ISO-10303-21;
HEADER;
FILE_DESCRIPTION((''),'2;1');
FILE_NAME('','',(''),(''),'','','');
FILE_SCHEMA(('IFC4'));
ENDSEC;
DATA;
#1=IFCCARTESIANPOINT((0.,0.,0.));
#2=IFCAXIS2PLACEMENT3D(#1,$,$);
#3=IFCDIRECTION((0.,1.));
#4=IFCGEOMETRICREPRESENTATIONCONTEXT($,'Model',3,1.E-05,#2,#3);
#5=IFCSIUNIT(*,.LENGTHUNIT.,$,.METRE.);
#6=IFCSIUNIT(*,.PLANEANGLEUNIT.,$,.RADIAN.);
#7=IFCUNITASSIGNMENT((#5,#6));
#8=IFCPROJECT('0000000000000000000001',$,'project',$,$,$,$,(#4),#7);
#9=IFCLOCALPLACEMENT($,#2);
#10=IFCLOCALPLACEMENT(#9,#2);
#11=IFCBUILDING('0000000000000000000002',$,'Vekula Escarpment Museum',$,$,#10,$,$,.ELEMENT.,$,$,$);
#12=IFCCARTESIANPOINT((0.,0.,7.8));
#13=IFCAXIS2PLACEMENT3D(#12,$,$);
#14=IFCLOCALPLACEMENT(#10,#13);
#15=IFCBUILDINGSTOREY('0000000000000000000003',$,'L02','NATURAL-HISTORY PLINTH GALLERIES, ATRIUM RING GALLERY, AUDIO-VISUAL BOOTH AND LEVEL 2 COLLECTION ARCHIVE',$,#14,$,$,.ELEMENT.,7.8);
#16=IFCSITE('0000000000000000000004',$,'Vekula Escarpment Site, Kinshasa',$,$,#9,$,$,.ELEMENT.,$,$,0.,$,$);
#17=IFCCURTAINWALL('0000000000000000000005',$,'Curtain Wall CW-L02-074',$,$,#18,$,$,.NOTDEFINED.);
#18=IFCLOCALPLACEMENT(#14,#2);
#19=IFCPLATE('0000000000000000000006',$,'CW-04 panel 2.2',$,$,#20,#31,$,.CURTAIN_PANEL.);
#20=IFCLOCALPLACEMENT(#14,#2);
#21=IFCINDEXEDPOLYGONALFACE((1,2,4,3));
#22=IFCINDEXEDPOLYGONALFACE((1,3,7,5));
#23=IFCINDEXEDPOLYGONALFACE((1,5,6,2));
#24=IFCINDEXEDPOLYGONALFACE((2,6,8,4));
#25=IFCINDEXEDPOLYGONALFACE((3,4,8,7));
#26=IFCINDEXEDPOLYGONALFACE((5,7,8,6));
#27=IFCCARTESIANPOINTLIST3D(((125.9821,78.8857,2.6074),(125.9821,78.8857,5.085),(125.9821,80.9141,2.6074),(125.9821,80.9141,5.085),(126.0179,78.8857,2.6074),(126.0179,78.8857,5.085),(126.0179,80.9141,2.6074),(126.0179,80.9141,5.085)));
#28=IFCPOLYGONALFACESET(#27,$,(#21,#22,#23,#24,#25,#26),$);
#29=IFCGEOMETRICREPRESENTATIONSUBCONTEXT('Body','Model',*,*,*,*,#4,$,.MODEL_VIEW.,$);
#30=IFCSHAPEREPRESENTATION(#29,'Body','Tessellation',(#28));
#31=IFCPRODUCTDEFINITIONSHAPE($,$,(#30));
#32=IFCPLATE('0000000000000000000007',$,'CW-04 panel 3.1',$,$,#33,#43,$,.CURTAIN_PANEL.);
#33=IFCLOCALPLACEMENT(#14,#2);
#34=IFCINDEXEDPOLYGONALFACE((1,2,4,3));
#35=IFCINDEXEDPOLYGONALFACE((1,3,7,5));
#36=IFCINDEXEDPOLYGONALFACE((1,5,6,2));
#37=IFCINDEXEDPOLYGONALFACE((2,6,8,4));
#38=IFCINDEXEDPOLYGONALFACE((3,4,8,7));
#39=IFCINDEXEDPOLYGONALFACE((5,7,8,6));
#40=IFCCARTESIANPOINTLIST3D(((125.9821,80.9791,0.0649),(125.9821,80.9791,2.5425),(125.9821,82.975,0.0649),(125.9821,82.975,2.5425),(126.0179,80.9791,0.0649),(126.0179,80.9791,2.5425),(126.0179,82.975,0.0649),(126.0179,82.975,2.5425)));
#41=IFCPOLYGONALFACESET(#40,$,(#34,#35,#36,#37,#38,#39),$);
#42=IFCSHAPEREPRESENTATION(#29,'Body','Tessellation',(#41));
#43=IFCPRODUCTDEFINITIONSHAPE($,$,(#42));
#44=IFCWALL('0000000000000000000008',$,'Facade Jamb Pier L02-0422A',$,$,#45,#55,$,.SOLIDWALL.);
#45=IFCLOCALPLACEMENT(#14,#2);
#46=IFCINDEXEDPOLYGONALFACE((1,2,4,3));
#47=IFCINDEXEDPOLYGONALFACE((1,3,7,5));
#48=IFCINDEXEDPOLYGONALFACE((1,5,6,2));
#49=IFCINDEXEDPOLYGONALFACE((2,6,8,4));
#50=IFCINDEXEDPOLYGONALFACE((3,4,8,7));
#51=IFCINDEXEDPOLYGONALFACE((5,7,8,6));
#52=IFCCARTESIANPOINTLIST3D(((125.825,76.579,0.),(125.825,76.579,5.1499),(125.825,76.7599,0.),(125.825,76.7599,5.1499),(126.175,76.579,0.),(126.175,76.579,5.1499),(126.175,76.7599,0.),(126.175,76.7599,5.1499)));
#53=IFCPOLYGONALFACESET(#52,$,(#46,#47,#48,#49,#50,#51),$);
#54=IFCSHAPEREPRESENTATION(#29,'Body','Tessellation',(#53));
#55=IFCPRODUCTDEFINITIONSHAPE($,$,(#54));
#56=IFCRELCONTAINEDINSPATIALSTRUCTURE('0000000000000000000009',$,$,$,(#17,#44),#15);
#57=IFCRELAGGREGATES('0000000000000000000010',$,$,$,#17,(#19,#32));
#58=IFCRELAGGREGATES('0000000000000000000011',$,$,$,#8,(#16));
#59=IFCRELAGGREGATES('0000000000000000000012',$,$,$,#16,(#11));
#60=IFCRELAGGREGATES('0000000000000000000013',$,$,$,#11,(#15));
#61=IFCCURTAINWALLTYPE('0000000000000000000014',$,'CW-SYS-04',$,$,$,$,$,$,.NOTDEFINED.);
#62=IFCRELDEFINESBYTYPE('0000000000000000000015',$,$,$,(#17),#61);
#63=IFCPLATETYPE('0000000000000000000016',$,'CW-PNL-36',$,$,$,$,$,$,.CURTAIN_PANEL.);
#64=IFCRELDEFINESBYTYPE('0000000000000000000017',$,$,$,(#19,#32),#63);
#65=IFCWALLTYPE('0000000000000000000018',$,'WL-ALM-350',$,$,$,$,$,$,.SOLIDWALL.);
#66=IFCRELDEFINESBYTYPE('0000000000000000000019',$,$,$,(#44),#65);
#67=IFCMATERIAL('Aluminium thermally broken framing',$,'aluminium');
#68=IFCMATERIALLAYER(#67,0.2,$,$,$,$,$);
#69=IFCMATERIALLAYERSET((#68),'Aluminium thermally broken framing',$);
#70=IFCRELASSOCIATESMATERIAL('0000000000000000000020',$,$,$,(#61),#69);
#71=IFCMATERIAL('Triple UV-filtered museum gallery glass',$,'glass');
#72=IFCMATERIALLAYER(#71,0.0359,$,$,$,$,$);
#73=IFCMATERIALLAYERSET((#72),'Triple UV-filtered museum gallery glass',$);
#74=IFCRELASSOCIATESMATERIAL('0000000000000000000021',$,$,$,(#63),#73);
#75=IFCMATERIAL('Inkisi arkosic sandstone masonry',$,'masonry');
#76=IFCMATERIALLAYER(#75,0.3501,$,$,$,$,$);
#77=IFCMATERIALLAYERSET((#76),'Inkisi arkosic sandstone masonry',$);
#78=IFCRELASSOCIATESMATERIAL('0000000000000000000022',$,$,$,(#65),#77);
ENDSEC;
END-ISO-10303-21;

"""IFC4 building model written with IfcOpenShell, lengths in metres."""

from ifc_helpers import new_model, si_unit, direction, frame, frame_2d, origin, origin_2d, place, context, subcontext, project, spatial, rectangle, extrude, material, layer, layer_set, type_object, element, aggregate, save


model = new_model("IFC4")

# Units and contexts
model_context = context("Model", 3, precision=1e-05, world=origin(), true_north=direction((0.0, 1.0)))
body_context = subcontext(model_context, "Body", "Model", "MODEL_VIEW")
ifc_project = project(units=[si_unit("LENGTHUNIT", "METRE"), si_unit("PLANEANGLEUNIT", "RADIAN")], contexts=[model_context])

# Site, building, storey
site_placement = place(None, origin())
site = spatial("IfcSite", under=ifc_project, at=site_placement, Name="Vekula Escarpment Site, Kinshasa", CompositionType="ELEMENT", RefElevation=0.0)
building_placement = place(site_placement, origin())
building = spatial("IfcBuilding", under=site, at=building_placement, Name="Vekula Escarpment Museum", CompositionType="ELEMENT")
storey_placement = place(building_placement, frame((0.0, 0.0, 7.8)))
storey = spatial("IfcBuildingStorey", under=building, at=storey_placement, Name="L02", Description="NATURAL-HISTORY PLINTH GALLERIES, ATRIUM RING GALLERY, AUDIO-VISUAL BOOTH AND LEVEL 2 COLLECTION ARCHIVE", CompositionType="ELEMENT", Elevation=7.8)

# Curtain wall
ifc_material_1 = material(Name="Aluminium thermally broken framing", Category="aluminium")
ifc_layer_1 = layer(ifc_material_1, 0.2)
ifc_layer_set_1 = layer_set([ifc_layer_1], Name="Aluminium thermally broken framing")
curtain_wall_type_1 = type_object("IfcCurtainWallType", Name="CW-SYS-04", PredefinedType="NOTDEFINED", material=ifc_layer_set_1)
curtain_wall_1_placement = place(storey_placement, origin())
curtain_wall_1 = element("IfcCurtainWall", 1, at=curtain_wall_1_placement, inside=storey, type_object=curtain_wall_type_1, Name="Curtain Wall CW-L02-074", PredefinedType="NOTDEFINED")

# Plates
ifc_material_2 = material(Name="Triple UV-filtered museum gallery glass", Category="glass")
ifc_layer_2 = layer(ifc_material_2, 0.0359)
ifc_layer_set_2 = layer_set([ifc_layer_2], Name="Triple UV-filtered museum gallery glass")
plate_type_1 = type_object("IfcPlateType", Name="CW-PNL-36", PredefinedType="CURTAIN_PANEL", material=ifc_layer_set_2)
plate_1_placement = place(storey_placement, frame((126.0, 79.8999, 2.6074), z_axis=(0.0, 0.0, 1.0), x_axis=(0.0, 1.0, 0.0)))
plate_1 = element("IfcPlate", 2, at=plate_1_placement, type_object=plate_type_1, Name="CW-04 panel 2.2", PredefinedType="CURTAIN_PANEL", context=body_context, shape_type="SweptSolid", body=[
    extrude(rectangle(XDim=2.0283, YDim=0.0359, at=origin_2d()), origin(), (0.0, 0.0, 1.0), 2.4775),
])
plate_2_placement = place(storey_placement, frame((126.0, 81.9771, 0.0649), z_axis=(0.0, 0.0, 1.0), x_axis=(0.0, 1.0, 0.0)))
plate_2 = element("IfcPlate", 3, at=plate_2_placement, type_object=plate_type_1, Name="CW-04 panel 3.1", PredefinedType="CURTAIN_PANEL", context=body_context, shape_type="SweptSolid", body=[
    extrude(rectangle(XDim=1.9958, YDim=0.0359, at=origin_2d()), origin(), (0.0, 0.0, 1.0), 2.4775),
])
aggregate(curtain_wall_1, [plate_1, plate_2])

# Wall
ifc_material_3 = material(Name="Inkisi arkosic sandstone masonry", Category="masonry")
ifc_layer_3 = layer(ifc_material_3, 0.3501)
ifc_layer_set_3 = layer_set([ifc_layer_3], Name="Inkisi arkosic sandstone masonry")
wall_type = type_object("IfcWallType", Name="WL-ALM-350", PredefinedType="SOLIDWALL", material=ifc_layer_set_3)
wall_placement = place(storey_placement, frame((126.0, 76.5791, 0.0), z_axis=(0.0, 0.0, 1.0), x_axis=(0.0, 1.0, 0.0)))
element("IfcWall", 4, at=wall_placement, inside=storey, type_object=wall_type, Name="Facade Jamb Pier L02-0422A", PredefinedType="SOLIDWALL", context=body_context, shape_type="SweptSolid", body=[
    extrude(rectangle(XDim=0.1809, YDim=0.3501, at=frame_2d((0.0903, 0.0))), origin(), (0.0, 0.0, 1.0), 5.1499),
])

save(model, "model.ifc")
